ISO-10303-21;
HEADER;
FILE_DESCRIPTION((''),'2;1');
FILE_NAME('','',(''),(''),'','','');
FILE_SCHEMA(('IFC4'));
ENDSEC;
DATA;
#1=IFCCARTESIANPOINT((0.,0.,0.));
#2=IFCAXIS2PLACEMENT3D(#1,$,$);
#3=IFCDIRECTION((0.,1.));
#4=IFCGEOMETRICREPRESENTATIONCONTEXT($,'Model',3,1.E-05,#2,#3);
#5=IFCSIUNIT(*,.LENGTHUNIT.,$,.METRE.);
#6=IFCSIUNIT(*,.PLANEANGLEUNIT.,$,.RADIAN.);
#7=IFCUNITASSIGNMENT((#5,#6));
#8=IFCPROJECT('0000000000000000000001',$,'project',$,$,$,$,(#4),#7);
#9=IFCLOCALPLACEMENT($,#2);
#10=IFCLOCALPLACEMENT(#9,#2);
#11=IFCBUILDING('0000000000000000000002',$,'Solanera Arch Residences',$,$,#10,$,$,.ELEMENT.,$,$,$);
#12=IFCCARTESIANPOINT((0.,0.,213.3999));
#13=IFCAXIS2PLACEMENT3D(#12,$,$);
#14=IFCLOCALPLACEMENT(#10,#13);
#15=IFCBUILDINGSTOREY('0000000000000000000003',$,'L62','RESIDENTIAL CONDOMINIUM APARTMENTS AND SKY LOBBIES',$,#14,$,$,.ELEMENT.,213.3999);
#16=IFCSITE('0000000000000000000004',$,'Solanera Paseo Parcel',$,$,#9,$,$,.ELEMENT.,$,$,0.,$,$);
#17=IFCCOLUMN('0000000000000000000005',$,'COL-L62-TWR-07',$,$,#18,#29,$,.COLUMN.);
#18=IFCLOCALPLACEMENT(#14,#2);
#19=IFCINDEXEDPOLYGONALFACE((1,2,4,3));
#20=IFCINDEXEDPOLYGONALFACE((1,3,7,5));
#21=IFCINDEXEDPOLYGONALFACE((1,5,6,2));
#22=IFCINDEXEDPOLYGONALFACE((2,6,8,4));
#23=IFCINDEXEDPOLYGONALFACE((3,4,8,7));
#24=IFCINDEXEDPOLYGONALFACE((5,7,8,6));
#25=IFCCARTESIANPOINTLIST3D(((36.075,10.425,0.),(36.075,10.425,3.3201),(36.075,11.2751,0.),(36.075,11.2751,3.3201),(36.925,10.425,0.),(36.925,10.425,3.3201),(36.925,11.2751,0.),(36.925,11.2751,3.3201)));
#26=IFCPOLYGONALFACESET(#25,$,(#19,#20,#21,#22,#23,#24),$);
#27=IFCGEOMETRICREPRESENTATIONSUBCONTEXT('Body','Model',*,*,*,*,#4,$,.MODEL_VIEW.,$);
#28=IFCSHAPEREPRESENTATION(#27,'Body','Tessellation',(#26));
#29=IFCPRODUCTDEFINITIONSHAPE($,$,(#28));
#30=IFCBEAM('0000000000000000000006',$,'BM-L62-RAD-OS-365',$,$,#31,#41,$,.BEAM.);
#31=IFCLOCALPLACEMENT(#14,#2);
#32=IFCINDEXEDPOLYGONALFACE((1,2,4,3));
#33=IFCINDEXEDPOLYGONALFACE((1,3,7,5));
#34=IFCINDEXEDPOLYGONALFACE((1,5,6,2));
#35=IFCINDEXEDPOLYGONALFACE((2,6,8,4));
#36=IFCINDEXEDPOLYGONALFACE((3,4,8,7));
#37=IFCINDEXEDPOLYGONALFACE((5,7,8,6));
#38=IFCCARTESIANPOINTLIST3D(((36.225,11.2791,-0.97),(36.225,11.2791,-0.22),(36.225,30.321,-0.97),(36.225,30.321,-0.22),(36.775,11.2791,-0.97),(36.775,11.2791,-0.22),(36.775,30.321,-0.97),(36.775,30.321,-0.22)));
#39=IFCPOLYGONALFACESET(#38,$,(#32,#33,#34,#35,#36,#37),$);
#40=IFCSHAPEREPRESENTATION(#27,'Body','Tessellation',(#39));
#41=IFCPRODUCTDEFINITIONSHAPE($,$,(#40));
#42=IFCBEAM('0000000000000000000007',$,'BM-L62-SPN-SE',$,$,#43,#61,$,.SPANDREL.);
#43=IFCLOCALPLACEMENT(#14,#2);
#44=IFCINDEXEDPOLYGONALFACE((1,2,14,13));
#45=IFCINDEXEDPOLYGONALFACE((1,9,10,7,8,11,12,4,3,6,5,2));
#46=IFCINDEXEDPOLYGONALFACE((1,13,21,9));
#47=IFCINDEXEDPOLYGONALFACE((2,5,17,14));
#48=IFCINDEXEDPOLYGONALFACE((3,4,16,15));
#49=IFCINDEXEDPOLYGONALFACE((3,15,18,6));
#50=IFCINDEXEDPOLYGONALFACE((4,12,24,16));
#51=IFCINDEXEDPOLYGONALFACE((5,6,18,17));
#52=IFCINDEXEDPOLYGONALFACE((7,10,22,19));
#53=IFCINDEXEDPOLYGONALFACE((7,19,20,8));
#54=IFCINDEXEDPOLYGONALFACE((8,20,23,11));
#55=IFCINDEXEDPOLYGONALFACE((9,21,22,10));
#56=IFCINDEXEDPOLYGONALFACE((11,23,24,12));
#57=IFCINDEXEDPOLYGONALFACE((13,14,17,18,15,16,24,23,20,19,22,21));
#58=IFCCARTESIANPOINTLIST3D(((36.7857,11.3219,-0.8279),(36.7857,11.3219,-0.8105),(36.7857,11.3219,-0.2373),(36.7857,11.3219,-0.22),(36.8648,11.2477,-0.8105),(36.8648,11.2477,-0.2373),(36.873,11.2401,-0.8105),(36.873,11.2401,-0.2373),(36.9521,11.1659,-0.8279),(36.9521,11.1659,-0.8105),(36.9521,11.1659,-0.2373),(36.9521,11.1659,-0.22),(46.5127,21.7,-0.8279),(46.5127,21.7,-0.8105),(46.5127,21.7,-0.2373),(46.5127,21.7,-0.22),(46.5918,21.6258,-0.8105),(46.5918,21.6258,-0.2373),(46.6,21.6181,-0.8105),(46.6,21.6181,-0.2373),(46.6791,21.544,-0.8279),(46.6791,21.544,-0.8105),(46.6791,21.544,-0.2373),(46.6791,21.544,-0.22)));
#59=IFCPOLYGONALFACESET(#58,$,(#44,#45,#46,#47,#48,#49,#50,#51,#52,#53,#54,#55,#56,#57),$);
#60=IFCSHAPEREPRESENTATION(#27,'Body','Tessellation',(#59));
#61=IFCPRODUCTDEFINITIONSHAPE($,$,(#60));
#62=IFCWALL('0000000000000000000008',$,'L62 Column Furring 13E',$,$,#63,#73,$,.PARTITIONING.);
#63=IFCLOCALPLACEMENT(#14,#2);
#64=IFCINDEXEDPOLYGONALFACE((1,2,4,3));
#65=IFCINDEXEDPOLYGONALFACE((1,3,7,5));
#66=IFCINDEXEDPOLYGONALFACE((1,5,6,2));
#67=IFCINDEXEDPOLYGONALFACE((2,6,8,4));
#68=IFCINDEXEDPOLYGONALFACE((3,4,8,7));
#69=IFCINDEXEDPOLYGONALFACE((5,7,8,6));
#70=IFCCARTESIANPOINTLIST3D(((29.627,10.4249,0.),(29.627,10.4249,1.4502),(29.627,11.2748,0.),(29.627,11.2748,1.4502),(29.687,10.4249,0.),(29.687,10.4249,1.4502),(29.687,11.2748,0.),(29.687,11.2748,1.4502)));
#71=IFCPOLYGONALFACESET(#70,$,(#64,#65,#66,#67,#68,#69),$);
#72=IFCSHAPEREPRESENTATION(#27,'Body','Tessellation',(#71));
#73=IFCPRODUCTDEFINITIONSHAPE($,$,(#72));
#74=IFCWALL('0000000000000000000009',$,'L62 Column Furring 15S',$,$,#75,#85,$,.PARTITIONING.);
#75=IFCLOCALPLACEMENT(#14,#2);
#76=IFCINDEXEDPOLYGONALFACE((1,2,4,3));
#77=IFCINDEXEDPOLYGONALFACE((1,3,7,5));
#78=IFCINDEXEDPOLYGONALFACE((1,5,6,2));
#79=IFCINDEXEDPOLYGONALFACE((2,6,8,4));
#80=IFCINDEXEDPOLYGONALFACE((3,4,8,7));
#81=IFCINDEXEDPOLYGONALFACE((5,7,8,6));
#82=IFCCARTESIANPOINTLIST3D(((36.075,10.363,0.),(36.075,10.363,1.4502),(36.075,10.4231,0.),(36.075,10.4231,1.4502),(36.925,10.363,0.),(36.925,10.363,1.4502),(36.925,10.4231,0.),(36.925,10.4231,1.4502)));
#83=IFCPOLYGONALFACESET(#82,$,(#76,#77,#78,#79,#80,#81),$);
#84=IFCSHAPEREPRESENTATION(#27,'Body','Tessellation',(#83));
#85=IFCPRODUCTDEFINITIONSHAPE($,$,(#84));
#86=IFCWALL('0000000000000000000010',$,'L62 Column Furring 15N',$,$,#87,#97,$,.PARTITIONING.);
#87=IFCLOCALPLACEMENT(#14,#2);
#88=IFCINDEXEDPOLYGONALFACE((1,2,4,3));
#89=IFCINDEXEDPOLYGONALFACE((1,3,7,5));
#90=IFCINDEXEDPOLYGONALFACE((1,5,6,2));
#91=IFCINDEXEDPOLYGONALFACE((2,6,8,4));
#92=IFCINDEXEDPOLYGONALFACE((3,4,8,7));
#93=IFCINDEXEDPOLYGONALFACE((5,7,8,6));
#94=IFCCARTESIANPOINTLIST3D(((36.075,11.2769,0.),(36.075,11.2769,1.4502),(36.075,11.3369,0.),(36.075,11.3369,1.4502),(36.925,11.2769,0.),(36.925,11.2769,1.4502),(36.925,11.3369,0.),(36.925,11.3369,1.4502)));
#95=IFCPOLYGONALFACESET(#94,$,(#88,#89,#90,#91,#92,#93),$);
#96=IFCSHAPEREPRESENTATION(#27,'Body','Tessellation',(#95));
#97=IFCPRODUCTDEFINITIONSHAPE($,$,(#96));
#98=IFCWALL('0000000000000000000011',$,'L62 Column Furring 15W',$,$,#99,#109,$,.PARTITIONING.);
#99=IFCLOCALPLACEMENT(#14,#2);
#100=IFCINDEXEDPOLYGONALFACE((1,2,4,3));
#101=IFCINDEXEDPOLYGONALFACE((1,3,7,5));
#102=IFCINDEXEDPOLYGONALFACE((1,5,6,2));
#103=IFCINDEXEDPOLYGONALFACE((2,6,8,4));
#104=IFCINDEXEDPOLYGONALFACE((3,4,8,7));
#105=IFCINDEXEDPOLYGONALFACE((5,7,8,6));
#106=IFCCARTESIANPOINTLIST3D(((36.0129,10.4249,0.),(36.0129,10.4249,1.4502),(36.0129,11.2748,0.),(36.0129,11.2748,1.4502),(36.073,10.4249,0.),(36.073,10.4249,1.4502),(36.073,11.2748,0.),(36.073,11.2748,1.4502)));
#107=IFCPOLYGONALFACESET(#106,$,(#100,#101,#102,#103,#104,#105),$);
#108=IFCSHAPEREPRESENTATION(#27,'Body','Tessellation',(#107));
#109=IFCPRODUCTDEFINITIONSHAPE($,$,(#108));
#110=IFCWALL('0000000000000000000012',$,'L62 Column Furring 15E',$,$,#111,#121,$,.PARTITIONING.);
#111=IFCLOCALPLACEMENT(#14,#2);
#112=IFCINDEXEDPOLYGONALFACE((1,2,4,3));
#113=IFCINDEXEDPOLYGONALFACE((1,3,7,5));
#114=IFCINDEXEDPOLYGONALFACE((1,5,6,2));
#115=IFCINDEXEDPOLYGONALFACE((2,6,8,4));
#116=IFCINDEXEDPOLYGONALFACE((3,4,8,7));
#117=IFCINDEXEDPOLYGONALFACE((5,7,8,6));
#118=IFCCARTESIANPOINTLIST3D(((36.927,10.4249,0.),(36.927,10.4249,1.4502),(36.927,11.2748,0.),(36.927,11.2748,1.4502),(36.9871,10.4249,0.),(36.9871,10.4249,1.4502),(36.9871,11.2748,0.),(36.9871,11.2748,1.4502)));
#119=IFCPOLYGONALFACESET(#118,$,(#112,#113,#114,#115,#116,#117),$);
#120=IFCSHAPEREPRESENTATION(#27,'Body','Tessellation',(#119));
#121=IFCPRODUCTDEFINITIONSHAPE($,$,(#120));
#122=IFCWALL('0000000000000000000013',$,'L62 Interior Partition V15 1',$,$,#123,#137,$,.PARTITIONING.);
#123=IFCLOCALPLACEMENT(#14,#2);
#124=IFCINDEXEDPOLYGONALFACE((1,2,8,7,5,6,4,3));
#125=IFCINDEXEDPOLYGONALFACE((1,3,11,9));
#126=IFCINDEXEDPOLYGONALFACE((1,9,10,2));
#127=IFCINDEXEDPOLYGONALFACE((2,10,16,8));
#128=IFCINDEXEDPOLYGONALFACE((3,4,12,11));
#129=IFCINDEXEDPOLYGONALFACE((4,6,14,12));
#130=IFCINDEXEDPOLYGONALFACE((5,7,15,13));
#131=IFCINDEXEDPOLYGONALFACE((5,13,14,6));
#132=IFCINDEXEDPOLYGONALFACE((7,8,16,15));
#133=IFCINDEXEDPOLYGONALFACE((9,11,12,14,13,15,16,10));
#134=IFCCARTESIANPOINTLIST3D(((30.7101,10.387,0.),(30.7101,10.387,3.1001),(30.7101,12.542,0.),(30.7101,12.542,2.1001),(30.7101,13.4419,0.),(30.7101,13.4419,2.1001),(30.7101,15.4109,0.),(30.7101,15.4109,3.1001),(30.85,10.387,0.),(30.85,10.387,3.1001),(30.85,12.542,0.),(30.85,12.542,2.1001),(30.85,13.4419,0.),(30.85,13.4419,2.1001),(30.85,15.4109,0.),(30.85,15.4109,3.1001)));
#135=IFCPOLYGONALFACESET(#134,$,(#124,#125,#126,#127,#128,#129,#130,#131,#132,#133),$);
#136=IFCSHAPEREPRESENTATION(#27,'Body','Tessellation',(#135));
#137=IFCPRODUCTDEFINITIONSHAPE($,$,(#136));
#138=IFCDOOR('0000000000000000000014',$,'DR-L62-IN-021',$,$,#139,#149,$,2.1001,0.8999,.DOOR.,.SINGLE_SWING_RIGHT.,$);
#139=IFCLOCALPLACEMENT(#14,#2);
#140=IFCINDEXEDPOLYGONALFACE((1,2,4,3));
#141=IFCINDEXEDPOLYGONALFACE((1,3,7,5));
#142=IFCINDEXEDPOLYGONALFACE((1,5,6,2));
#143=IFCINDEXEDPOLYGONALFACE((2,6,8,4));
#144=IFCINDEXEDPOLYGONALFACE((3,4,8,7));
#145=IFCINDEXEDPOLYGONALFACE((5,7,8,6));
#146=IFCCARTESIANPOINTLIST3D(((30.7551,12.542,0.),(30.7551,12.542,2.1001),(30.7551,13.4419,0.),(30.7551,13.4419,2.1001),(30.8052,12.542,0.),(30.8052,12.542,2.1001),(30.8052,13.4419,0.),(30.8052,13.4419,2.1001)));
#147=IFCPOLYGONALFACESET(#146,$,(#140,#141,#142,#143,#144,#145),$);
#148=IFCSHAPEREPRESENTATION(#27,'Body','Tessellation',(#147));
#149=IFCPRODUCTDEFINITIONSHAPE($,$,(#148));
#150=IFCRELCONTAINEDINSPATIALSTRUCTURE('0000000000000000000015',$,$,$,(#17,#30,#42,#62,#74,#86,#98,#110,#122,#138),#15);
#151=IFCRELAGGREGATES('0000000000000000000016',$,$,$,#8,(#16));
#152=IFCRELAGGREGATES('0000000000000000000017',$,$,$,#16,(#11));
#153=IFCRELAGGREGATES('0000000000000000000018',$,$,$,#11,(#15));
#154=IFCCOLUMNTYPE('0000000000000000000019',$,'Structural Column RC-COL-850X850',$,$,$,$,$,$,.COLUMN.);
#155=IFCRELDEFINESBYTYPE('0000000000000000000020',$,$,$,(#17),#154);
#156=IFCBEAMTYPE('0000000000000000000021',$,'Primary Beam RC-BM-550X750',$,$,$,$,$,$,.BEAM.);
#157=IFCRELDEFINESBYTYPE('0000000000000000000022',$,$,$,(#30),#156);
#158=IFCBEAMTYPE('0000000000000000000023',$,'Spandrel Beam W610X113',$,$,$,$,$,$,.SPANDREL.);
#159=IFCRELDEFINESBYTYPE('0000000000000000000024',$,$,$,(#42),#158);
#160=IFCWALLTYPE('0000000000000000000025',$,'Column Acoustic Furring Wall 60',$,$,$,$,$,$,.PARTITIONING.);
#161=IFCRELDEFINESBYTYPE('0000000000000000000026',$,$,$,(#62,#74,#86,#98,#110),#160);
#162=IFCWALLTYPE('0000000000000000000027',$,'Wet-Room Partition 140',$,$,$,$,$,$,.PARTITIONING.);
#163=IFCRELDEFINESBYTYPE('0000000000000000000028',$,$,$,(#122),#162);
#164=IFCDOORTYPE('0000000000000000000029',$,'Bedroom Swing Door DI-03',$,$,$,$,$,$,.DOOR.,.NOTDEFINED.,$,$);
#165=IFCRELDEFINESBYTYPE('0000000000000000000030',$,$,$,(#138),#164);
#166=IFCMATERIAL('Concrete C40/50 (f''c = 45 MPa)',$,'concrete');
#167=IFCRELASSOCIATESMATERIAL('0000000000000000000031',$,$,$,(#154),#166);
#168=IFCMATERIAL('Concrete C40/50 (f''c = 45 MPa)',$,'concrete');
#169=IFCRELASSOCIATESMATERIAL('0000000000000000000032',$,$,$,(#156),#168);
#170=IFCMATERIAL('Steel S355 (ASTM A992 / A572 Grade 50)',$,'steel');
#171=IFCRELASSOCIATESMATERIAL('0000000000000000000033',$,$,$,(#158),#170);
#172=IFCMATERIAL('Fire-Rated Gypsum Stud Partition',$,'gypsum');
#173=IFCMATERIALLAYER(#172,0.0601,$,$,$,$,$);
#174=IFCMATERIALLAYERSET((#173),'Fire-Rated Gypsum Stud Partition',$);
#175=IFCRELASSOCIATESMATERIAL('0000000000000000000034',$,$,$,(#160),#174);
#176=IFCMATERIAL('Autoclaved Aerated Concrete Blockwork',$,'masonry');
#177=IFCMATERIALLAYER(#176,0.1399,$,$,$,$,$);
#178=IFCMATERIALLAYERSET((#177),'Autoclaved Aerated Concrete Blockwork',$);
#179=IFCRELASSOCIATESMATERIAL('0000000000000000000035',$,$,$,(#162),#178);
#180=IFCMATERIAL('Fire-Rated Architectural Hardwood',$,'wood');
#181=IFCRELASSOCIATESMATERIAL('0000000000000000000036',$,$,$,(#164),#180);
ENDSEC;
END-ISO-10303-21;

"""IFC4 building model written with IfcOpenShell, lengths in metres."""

from ifc_helpers import new_model, si_unit, direction, frame, frame_2d, origin, origin_2d, place, context, subcontext, project, spatial, rectangle, i_section, extrude, material, layer, layer_set, material_profile, profile_set, type_object, element, fill, save


model = new_model("IFC4")

# Units and contexts
model_context = context("Model", 3, precision=1e-05, world=origin(), true_north=direction((0.0, 1.0)))
body_context = subcontext(model_context, "Body", "Model", "MODEL_VIEW")
ifc_project = project(units=[si_unit("LENGTHUNIT", "METRE"), si_unit("PLANEANGLEUNIT", "RADIAN")], contexts=[model_context])

# Site, building, storey
site_placement = place(None, origin())
site = spatial("IfcSite", under=ifc_project, at=site_placement, Name="Solanera Paseo Parcel", CompositionType="ELEMENT", RefElevation=0.0)
building_placement = place(site_placement, origin())
building = spatial("IfcBuilding", under=site, at=building_placement, Name="Solanera Arch Residences", CompositionType="ELEMENT")
storey_placement = place(building_placement, frame((0.0, 0.0, 213.3999)))
storey = spatial("IfcBuildingStorey", under=building, at=storey_placement, Name="L62", Description="RESIDENTIAL CONDOMINIUM APARTMENTS AND SKY LOBBIES", CompositionType="ELEMENT", Elevation=213.3999)

# Column
ifc_material_1 = material(Name="Concrete C40/50 (f'c = 45 MPa)", Category="concrete")
ifc_material_profile_1 = material_profile(ifc_material_1, rectangle(XDim=0.8501, YDim=0.8501, at=origin_2d()))
ifc_profile_set_1 = profile_set([ifc_material_profile_1], Name="Concrete C40/50 (f'c = 45 MPa)")
column_type = type_object("IfcColumnType", Name="Structural Column RC-COL-850X850", PredefinedType="COLUMN", material=ifc_profile_set_1)
column_placement = place(storey_placement, frame((36.5, 10.8501, 0.0), z_axis=(0.0, 0.0, 1.0), x_axis=(1.0, 0.0, 0.0)))
element("IfcColumn", 1, at=column_placement, inside=storey, type_object=column_type, Name="COL-L62-TWR-07", PredefinedType="COLUMN", context=body_context, shape_type="SweptSolid", body=[
    extrude(rectangle(XDim=0.8501, YDim=0.8501, at=origin_2d()), origin(), (0.0, 0.0, 1.0), 3.3201),
])

# Beams
ifc_material_2 = material(Name="Concrete C40/50 (f'c = 45 MPa)", Category="concrete")
ifc_material_profile_2 = material_profile(ifc_material_2, rectangle(XDim=0.55, YDim=0.75, at=origin_2d()))
ifc_profile_set_2 = profile_set([ifc_material_profile_2], Name="Concrete C40/50 (f'c = 45 MPa)")
beam_type_1 = type_object("IfcBeamType", Name="Primary Beam RC-BM-550X750", PredefinedType="BEAM", material=ifc_profile_set_2)
beam_1_placement = place(storey_placement, frame((36.5, 11.2791, -0.595), z_axis=(0.0, 1.0, 0.0), x_axis=(-1.0, 0.0, 0.0)))
element("IfcBeam", 2, at=beam_1_placement, inside=storey, type_object=beam_type_1, Name="BM-L62-RAD-OS-365", PredefinedType="BEAM", context=body_context, shape_type="SweptSolid", body=[
    extrude(rectangle(XDim=0.55, YDim=0.75, at=origin_2d()), origin(), (0.0, 0.0, 1.0), 19.042),
])
ifc_material_3 = material(Name="Steel S355 (ASTM A992 / A572 Grade 50)", Category="steel")
ifc_material_profile_3 = material_profile(ifc_material_3, i_section(OverallWidth=0.228, OverallDepth=0.6079, WebThickness=0.0112, FlangeThickness=0.0173, at=origin_2d()))
ifc_profile_set_3 = profile_set([ifc_material_profile_3], Name="Steel S355 (ASTM A992 / A572 Grade 50)")
beam_type_2 = type_object("IfcBeamType", Name="Spandrel Beam W610X113", PredefinedType="SPANDREL", material=ifc_profile_set_3)
beam_2_placement = place(storey_placement, frame((36.8689, 11.2439, -0.5239), z_axis=(0.683848, 0.729624, 0.0), x_axis=(-0.729624, 0.683848, 0.0)))
element("IfcBeam", 3, at=beam_2_placement, inside=storey, type_object=beam_type_2, Name="BM-L62-SPN-SE", PredefinedType="SPANDREL", context=body_context, shape_type="SweptSolid", body=[
    extrude(i_section(OverallWidth=0.228, OverallDepth=0.6079, WebThickness=0.0112, FlangeThickness=0.0173, at=origin_2d()), origin(), (0.0, 0.0, 1.0), 14.2239),
])

# Walls
ifc_material_4 = material(Name="Fire-Rated Gypsum Stud Partition", Category="gypsum")
ifc_layer_1 = layer(ifc_material_4, 0.0601)
ifc_layer_set_1 = layer_set([ifc_layer_1], Name="Fire-Rated Gypsum Stud Partition")
wall_type_1 = type_object("IfcWallType", Name="Column Acoustic Furring Wall 60", PredefinedType="PARTITIONING", material=ifc_layer_set_1)
wall_1_placement = place(storey_placement, frame((29.657, 10.425, 0.0), z_axis=(0.0, 0.0, 1.0), x_axis=(0.0, 1.0, 0.0)))
element("IfcWall", 4, at=wall_1_placement, inside=storey, type_object=wall_type_1, Name="L62 Column Furring 13E", PredefinedType="PARTITIONING", context=body_context, shape_type="SweptSolid", body=[
    extrude(rectangle(XDim=0.8499, YDim=0.0601, at=frame_2d((0.4248, 0.0))), origin(), (0.0, 0.0, 1.0), 1.4502),
])
for number, where, z_axis, x_axis, name in (
    (5, (36.075, 10.3931, 0.0), (0.0, 0.0, 1.0), (1.0, 0.0, 0.0), "L62 Column Furring 15S"),
    (6, (36.075, 11.3069, 0.0), (0.0, 0.0, 1.0), (1.0, 0.0, 0.0), "L62 Column Furring 15N"),
):
    element("IfcWall", number, at=place(storey_placement, frame(where, z_axis=z_axis, x_axis=x_axis)), inside=storey, type_object=wall_type_1, Name=name, PredefinedType="PARTITIONING", context=body_context, shape_type="SweptSolid", body=[
        extrude(rectangle(XDim=0.8501, YDim=0.0601, at=frame_2d((0.425, 0.0))), origin(), (0.0, 0.0, 1.0), 1.4502),
    ])
for number, where, z_axis, x_axis, name in (
    (7, (36.043, 10.425, 0.0), (0.0, 0.0, 1.0), (0.0, 1.0, 0.0), "L62 Column Furring 15W"),
    (8, (36.957, 10.425, 0.0), (0.0, 0.0, 1.0), (0.0, 1.0, 0.0), "L62 Column Furring 15E"),
):
    element("IfcWall", number, at=place(storey_placement, frame(where, z_axis=z_axis, x_axis=x_axis)), inside=storey, type_object=wall_type_1, Name=name, PredefinedType="PARTITIONING", context=body_context, shape_type="SweptSolid", body=[
        extrude(rectangle(XDim=0.8499, YDim=0.0601, at=frame_2d((0.4248, 0.0))), origin(), (0.0, 0.0, 1.0), 1.4502),
    ])

# Wall, opening, door
ifc_material_5 = material(Name="Autoclaved Aerated Concrete Blockwork", Category="masonry")
ifc_layer_2 = layer(ifc_material_5, 0.1399)
ifc_layer_set_2 = layer_set([ifc_layer_2], Name="Autoclaved Aerated Concrete Blockwork")
wall_type_2 = type_object("IfcWallType", Name="Wet-Room Partition 140", PredefinedType="PARTITIONING", material=ifc_layer_set_2)
wall_2_placement = place(storey_placement, frame((30.78, 10.387, 0.0), z_axis=(0.0, 0.0, 1.0), x_axis=(0.0, 1.0, 0.0)))
wall_2 = element("IfcWall", 9, at=wall_2_placement, inside=storey, type_object=wall_type_2, Name="L62 Interior Partition V15 1", PredefinedType="PARTITIONING", context=body_context, shape_type="SweptSolid", body=[
    extrude(rectangle(XDim=5.0239, YDim=0.1399, at=frame_2d((2.512, 0.0))), origin(), (0.0, 0.0, 1.0), 3.1001),
])
opening_placement = place(wall_2_placement, frame((2.155, 0.0, 0.0)))
opening = element("IfcOpeningElement", 10, at=opening_placement, cuts=wall_2, PredefinedType="OPENING", context=body_context, shape_type="SweptSolid", body=[
    extrude(rectangle(XDim=0.8999, YDim=2.1001, at=frame_2d((0.45, 1.05))), frame((0.0, 0.0798, 0.0), z_axis=(0.0, -1.0, 0.0), x_axis=(1.0, 0.0, 0.0)), (0.0, 0.0, 1.0), 0.1599),
])
ifc_material_6 = material(Name="Fire-Rated Architectural Hardwood", Category="wood")
door_type = type_object("IfcDoorType", Name="Bedroom Swing Door DI-03", OperationType="NOTDEFINED", PredefinedType="DOOR", material=ifc_material_6)
door_placement = place(opening_placement, origin())
door = element("IfcDoor", 11, at=door_placement, inside=storey, type_object=door_type, Name="DR-L62-IN-021", OperationType="SINGLE_SWING_RIGHT", OverallHeight=2.1001, OverallWidth=0.8999, PredefinedType="DOOR", context=body_context, shape_type="SweptSolid", body=[
    extrude(rectangle(XDim=0.8999, YDim=2.1001, at=frame_2d((0.45, 1.05))), frame((0.0, 0.0249, 0.0), z_axis=(0.0, -1.0, 0.0), x_axis=(1.0, 0.0, 0.0)), (0.0, 0.0, 1.0), 0.05),
])
fill(opening, door)

save(model, "model.ifc")
